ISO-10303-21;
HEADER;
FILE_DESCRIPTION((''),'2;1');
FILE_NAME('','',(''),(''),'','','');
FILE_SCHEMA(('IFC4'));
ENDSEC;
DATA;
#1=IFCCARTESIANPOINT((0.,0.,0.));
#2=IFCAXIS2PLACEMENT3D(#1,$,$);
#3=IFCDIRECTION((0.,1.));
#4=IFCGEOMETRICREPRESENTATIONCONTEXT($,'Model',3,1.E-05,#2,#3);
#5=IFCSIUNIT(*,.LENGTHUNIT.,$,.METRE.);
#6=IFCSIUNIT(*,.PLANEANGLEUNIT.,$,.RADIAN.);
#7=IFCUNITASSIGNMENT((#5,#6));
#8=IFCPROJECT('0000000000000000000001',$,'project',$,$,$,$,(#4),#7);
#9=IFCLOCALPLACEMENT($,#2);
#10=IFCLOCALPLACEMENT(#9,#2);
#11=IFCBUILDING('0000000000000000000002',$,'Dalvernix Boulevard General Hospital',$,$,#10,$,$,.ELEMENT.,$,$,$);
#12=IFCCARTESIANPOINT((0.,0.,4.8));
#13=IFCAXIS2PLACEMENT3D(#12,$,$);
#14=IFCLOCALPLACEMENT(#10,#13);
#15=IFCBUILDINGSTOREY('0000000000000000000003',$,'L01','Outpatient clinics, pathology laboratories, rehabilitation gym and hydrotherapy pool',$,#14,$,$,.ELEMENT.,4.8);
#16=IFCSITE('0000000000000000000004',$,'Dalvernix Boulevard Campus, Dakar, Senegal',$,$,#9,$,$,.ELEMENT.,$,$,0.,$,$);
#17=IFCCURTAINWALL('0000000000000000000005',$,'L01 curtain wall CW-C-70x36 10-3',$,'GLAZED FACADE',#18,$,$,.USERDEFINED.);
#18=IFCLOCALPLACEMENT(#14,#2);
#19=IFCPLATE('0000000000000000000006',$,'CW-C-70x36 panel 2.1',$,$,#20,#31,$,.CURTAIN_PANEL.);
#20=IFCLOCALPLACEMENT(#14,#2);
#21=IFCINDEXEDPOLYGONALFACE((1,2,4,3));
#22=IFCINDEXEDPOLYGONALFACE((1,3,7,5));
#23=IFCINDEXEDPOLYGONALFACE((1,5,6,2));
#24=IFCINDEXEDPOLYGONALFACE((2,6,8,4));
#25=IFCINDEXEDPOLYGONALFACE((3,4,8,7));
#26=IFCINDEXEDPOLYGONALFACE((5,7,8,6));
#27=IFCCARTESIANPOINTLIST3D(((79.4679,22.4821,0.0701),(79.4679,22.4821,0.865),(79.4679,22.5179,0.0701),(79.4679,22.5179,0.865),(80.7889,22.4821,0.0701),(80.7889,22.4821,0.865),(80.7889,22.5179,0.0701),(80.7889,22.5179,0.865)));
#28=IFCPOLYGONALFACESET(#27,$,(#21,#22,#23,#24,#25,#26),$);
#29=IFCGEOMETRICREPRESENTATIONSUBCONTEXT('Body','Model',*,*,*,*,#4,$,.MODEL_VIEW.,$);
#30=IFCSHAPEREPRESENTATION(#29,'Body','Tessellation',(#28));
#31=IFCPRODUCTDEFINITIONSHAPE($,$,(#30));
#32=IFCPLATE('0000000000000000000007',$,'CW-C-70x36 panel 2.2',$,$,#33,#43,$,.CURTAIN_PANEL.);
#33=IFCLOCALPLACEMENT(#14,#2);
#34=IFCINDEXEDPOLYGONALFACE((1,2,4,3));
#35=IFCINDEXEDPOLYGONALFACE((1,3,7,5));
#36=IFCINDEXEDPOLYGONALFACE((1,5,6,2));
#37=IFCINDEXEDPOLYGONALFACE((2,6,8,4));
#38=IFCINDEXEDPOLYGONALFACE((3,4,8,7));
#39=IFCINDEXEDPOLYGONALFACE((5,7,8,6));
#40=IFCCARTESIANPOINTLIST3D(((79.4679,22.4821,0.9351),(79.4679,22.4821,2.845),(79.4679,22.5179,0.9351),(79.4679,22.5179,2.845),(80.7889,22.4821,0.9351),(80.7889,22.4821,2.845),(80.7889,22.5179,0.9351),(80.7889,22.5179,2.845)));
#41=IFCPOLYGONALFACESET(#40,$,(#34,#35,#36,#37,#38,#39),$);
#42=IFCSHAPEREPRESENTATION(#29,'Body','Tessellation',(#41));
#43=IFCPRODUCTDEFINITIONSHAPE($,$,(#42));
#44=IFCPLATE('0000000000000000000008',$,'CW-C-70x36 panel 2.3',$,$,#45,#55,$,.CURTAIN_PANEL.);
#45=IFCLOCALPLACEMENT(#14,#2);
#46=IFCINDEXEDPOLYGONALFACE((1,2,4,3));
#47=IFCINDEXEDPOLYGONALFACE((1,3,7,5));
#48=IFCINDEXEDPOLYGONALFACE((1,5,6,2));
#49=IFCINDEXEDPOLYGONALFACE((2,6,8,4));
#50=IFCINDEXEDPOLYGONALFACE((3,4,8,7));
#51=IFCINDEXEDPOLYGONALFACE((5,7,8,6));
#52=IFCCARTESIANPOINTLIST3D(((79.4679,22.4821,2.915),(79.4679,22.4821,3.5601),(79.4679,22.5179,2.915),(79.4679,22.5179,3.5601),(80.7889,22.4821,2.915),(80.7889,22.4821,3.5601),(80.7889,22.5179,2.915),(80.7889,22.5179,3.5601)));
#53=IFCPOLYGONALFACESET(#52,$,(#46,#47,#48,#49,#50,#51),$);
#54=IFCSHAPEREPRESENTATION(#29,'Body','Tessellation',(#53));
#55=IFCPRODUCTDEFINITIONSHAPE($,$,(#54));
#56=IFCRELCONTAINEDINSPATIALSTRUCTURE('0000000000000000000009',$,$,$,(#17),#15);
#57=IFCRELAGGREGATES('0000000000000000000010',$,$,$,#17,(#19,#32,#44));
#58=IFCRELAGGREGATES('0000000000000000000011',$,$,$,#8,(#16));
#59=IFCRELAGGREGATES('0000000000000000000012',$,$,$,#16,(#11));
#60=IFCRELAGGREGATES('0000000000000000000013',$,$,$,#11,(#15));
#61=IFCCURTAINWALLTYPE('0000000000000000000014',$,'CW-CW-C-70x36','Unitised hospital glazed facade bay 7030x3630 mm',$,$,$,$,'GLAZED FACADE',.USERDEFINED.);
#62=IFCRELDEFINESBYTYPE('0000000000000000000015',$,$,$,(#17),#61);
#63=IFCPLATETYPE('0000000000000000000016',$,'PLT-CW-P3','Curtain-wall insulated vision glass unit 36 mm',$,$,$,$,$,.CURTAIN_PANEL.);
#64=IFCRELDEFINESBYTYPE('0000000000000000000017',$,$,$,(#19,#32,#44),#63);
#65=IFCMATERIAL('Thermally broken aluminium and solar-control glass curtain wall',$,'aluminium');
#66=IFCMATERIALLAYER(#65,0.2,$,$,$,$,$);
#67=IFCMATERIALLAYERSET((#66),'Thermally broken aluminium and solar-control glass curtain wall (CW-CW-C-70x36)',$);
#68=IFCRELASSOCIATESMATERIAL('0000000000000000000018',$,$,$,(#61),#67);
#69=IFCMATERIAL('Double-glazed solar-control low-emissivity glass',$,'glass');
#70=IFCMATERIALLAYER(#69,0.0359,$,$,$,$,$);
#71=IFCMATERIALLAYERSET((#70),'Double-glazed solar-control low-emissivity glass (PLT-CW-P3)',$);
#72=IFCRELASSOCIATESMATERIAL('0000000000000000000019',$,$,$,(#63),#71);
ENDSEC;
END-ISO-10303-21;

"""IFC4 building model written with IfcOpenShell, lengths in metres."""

from ifc_helpers import new_model, si_unit, direction, frame, origin, origin_2d, place, context, subcontext, project, spatial, rectangle, extrude, material, layer, layer_set, type_object, element, aggregate, save


model = new_model("IFC4")

# Units and contexts
model_context = context("Model", 3, precision=1e-05, world=origin(), true_north=direction((0.0, 1.0)))
body_context = subcontext(model_context, "Body", "Model", "MODEL_VIEW")
ifc_project = project(units=[si_unit("LENGTHUNIT", "METRE"), si_unit("PLANEANGLEUNIT", "RADIAN")], contexts=[model_context])

# Site, building, storey
site_placement = place(None, origin())
site = spatial("IfcSite", under=ifc_project, at=site_placement, Name="Dalvernix Boulevard Campus, Dakar, Senegal", CompositionType="ELEMENT", RefElevation=0.0)
building_placement = place(site_placement, origin())
building = spatial("IfcBuilding", under=site, at=building_placement, Name="Dalvernix Boulevard General Hospital", CompositionType="ELEMENT")
storey_placement = place(building_placement, frame((0.0, 0.0, 4.8)))
storey = spatial("IfcBuildingStorey", under=building, at=storey_placement, Name="L01", Description="Outpatient clinics, pathology laboratories, rehabilitation gym and hydrotherapy pool", CompositionType="ELEMENT", Elevation=4.8)

# Curtain wall
ifc_material_1 = material(Name="Thermally broken aluminium and solar-control glass curtain wall", Category="aluminium")
ifc_layer_1 = layer(ifc_material_1, 0.2)
ifc_layer_set_1 = layer_set([ifc_layer_1], Name="Thermally broken aluminium and solar-control glass curtain wall (CW-CW-C-70x36)")
curtain_wall_type = type_object("IfcCurtainWallType", Name="CW-CW-C-70x36", Description="Unitised hospital glazed facade bay 7030x3630 mm", ElementType="GLAZED FACADE", PredefinedType="USERDEFINED", material=ifc_layer_set_1)
curtain_wall_placement = place(storey_placement, origin())
curtain_wall = element("IfcCurtainWall", 1, at=curtain_wall_placement, inside=storey, type_object=curtain_wall_type, Name="L01 curtain wall CW-C-70x36 10-3", ObjectType="GLAZED FACADE", PredefinedType="USERDEFINED")

# Plates
ifc_material_2 = material(Name="Double-glazed solar-control low-emissivity glass", Category="glass")
ifc_layer_2 = layer(ifc_material_2, 0.0359)
ifc_layer_set_2 = layer_set([ifc_layer_2], Name="Double-glazed solar-control low-emissivity glass (PLT-CW-P3)")
plate_type = type_object("IfcPlateType", Name="PLT-CW-P3", Description="Curtain-wall insulated vision glass unit 36 mm", PredefinedType="CURTAIN_PANEL", material=ifc_layer_set_2)
plate_1_placement = place(storey_placement, frame((80.1284, 22.5, 0.0701), z_axis=(0.0, 0.0, 1.0), x_axis=(-1.0, 0.0, 0.0)))
plate_1 = element("IfcPlate", 2, at=plate_1_placement, type_object=plate_type, Name="CW-C-70x36 panel 2.1", PredefinedType="CURTAIN_PANEL", context=body_context, shape_type="SweptSolid", body=[
    extrude(rectangle(XDim=1.321, YDim=0.0359, at=origin_2d()), origin(), (0.0, 0.0, 1.0), 0.7949),
])
plate_2_placement = place(storey_placement, frame((80.1284, 22.5, 0.9351), z_axis=(0.0, 0.0, 1.0), x_axis=(-1.0, 0.0, 0.0)))
plate_2 = element("IfcPlate", 3, at=plate_2_placement, type_object=plate_type, Name="CW-C-70x36 panel 2.2", PredefinedType="CURTAIN_PANEL", context=body_context, shape_type="SweptSolid", body=[
    extrude(rectangle(XDim=1.321, YDim=0.0359, at=origin_2d()), origin(), (0.0, 0.0, 1.0), 1.9099),
])
plate_3_placement = place(storey_placement, frame((80.1284, 22.5, 2.915), z_axis=(0.0, 0.0, 1.0), x_axis=(-1.0, 0.0, 0.0)))
plate_3 = element("IfcPlate", 4, at=plate_3_placement, type_object=plate_type, Name="CW-C-70x36 panel 2.3", PredefinedType="CURTAIN_PANEL", context=body_context, shape_type="SweptSolid", body=[
    extrude(rectangle(XDim=1.321, YDim=0.0359, at=origin_2d()), origin(), (0.0, 0.0, 1.0), 0.645),
])
aggregate(curtain_wall, [plate_1, plate_2, plate_3])

save(model, "model.ifc")
